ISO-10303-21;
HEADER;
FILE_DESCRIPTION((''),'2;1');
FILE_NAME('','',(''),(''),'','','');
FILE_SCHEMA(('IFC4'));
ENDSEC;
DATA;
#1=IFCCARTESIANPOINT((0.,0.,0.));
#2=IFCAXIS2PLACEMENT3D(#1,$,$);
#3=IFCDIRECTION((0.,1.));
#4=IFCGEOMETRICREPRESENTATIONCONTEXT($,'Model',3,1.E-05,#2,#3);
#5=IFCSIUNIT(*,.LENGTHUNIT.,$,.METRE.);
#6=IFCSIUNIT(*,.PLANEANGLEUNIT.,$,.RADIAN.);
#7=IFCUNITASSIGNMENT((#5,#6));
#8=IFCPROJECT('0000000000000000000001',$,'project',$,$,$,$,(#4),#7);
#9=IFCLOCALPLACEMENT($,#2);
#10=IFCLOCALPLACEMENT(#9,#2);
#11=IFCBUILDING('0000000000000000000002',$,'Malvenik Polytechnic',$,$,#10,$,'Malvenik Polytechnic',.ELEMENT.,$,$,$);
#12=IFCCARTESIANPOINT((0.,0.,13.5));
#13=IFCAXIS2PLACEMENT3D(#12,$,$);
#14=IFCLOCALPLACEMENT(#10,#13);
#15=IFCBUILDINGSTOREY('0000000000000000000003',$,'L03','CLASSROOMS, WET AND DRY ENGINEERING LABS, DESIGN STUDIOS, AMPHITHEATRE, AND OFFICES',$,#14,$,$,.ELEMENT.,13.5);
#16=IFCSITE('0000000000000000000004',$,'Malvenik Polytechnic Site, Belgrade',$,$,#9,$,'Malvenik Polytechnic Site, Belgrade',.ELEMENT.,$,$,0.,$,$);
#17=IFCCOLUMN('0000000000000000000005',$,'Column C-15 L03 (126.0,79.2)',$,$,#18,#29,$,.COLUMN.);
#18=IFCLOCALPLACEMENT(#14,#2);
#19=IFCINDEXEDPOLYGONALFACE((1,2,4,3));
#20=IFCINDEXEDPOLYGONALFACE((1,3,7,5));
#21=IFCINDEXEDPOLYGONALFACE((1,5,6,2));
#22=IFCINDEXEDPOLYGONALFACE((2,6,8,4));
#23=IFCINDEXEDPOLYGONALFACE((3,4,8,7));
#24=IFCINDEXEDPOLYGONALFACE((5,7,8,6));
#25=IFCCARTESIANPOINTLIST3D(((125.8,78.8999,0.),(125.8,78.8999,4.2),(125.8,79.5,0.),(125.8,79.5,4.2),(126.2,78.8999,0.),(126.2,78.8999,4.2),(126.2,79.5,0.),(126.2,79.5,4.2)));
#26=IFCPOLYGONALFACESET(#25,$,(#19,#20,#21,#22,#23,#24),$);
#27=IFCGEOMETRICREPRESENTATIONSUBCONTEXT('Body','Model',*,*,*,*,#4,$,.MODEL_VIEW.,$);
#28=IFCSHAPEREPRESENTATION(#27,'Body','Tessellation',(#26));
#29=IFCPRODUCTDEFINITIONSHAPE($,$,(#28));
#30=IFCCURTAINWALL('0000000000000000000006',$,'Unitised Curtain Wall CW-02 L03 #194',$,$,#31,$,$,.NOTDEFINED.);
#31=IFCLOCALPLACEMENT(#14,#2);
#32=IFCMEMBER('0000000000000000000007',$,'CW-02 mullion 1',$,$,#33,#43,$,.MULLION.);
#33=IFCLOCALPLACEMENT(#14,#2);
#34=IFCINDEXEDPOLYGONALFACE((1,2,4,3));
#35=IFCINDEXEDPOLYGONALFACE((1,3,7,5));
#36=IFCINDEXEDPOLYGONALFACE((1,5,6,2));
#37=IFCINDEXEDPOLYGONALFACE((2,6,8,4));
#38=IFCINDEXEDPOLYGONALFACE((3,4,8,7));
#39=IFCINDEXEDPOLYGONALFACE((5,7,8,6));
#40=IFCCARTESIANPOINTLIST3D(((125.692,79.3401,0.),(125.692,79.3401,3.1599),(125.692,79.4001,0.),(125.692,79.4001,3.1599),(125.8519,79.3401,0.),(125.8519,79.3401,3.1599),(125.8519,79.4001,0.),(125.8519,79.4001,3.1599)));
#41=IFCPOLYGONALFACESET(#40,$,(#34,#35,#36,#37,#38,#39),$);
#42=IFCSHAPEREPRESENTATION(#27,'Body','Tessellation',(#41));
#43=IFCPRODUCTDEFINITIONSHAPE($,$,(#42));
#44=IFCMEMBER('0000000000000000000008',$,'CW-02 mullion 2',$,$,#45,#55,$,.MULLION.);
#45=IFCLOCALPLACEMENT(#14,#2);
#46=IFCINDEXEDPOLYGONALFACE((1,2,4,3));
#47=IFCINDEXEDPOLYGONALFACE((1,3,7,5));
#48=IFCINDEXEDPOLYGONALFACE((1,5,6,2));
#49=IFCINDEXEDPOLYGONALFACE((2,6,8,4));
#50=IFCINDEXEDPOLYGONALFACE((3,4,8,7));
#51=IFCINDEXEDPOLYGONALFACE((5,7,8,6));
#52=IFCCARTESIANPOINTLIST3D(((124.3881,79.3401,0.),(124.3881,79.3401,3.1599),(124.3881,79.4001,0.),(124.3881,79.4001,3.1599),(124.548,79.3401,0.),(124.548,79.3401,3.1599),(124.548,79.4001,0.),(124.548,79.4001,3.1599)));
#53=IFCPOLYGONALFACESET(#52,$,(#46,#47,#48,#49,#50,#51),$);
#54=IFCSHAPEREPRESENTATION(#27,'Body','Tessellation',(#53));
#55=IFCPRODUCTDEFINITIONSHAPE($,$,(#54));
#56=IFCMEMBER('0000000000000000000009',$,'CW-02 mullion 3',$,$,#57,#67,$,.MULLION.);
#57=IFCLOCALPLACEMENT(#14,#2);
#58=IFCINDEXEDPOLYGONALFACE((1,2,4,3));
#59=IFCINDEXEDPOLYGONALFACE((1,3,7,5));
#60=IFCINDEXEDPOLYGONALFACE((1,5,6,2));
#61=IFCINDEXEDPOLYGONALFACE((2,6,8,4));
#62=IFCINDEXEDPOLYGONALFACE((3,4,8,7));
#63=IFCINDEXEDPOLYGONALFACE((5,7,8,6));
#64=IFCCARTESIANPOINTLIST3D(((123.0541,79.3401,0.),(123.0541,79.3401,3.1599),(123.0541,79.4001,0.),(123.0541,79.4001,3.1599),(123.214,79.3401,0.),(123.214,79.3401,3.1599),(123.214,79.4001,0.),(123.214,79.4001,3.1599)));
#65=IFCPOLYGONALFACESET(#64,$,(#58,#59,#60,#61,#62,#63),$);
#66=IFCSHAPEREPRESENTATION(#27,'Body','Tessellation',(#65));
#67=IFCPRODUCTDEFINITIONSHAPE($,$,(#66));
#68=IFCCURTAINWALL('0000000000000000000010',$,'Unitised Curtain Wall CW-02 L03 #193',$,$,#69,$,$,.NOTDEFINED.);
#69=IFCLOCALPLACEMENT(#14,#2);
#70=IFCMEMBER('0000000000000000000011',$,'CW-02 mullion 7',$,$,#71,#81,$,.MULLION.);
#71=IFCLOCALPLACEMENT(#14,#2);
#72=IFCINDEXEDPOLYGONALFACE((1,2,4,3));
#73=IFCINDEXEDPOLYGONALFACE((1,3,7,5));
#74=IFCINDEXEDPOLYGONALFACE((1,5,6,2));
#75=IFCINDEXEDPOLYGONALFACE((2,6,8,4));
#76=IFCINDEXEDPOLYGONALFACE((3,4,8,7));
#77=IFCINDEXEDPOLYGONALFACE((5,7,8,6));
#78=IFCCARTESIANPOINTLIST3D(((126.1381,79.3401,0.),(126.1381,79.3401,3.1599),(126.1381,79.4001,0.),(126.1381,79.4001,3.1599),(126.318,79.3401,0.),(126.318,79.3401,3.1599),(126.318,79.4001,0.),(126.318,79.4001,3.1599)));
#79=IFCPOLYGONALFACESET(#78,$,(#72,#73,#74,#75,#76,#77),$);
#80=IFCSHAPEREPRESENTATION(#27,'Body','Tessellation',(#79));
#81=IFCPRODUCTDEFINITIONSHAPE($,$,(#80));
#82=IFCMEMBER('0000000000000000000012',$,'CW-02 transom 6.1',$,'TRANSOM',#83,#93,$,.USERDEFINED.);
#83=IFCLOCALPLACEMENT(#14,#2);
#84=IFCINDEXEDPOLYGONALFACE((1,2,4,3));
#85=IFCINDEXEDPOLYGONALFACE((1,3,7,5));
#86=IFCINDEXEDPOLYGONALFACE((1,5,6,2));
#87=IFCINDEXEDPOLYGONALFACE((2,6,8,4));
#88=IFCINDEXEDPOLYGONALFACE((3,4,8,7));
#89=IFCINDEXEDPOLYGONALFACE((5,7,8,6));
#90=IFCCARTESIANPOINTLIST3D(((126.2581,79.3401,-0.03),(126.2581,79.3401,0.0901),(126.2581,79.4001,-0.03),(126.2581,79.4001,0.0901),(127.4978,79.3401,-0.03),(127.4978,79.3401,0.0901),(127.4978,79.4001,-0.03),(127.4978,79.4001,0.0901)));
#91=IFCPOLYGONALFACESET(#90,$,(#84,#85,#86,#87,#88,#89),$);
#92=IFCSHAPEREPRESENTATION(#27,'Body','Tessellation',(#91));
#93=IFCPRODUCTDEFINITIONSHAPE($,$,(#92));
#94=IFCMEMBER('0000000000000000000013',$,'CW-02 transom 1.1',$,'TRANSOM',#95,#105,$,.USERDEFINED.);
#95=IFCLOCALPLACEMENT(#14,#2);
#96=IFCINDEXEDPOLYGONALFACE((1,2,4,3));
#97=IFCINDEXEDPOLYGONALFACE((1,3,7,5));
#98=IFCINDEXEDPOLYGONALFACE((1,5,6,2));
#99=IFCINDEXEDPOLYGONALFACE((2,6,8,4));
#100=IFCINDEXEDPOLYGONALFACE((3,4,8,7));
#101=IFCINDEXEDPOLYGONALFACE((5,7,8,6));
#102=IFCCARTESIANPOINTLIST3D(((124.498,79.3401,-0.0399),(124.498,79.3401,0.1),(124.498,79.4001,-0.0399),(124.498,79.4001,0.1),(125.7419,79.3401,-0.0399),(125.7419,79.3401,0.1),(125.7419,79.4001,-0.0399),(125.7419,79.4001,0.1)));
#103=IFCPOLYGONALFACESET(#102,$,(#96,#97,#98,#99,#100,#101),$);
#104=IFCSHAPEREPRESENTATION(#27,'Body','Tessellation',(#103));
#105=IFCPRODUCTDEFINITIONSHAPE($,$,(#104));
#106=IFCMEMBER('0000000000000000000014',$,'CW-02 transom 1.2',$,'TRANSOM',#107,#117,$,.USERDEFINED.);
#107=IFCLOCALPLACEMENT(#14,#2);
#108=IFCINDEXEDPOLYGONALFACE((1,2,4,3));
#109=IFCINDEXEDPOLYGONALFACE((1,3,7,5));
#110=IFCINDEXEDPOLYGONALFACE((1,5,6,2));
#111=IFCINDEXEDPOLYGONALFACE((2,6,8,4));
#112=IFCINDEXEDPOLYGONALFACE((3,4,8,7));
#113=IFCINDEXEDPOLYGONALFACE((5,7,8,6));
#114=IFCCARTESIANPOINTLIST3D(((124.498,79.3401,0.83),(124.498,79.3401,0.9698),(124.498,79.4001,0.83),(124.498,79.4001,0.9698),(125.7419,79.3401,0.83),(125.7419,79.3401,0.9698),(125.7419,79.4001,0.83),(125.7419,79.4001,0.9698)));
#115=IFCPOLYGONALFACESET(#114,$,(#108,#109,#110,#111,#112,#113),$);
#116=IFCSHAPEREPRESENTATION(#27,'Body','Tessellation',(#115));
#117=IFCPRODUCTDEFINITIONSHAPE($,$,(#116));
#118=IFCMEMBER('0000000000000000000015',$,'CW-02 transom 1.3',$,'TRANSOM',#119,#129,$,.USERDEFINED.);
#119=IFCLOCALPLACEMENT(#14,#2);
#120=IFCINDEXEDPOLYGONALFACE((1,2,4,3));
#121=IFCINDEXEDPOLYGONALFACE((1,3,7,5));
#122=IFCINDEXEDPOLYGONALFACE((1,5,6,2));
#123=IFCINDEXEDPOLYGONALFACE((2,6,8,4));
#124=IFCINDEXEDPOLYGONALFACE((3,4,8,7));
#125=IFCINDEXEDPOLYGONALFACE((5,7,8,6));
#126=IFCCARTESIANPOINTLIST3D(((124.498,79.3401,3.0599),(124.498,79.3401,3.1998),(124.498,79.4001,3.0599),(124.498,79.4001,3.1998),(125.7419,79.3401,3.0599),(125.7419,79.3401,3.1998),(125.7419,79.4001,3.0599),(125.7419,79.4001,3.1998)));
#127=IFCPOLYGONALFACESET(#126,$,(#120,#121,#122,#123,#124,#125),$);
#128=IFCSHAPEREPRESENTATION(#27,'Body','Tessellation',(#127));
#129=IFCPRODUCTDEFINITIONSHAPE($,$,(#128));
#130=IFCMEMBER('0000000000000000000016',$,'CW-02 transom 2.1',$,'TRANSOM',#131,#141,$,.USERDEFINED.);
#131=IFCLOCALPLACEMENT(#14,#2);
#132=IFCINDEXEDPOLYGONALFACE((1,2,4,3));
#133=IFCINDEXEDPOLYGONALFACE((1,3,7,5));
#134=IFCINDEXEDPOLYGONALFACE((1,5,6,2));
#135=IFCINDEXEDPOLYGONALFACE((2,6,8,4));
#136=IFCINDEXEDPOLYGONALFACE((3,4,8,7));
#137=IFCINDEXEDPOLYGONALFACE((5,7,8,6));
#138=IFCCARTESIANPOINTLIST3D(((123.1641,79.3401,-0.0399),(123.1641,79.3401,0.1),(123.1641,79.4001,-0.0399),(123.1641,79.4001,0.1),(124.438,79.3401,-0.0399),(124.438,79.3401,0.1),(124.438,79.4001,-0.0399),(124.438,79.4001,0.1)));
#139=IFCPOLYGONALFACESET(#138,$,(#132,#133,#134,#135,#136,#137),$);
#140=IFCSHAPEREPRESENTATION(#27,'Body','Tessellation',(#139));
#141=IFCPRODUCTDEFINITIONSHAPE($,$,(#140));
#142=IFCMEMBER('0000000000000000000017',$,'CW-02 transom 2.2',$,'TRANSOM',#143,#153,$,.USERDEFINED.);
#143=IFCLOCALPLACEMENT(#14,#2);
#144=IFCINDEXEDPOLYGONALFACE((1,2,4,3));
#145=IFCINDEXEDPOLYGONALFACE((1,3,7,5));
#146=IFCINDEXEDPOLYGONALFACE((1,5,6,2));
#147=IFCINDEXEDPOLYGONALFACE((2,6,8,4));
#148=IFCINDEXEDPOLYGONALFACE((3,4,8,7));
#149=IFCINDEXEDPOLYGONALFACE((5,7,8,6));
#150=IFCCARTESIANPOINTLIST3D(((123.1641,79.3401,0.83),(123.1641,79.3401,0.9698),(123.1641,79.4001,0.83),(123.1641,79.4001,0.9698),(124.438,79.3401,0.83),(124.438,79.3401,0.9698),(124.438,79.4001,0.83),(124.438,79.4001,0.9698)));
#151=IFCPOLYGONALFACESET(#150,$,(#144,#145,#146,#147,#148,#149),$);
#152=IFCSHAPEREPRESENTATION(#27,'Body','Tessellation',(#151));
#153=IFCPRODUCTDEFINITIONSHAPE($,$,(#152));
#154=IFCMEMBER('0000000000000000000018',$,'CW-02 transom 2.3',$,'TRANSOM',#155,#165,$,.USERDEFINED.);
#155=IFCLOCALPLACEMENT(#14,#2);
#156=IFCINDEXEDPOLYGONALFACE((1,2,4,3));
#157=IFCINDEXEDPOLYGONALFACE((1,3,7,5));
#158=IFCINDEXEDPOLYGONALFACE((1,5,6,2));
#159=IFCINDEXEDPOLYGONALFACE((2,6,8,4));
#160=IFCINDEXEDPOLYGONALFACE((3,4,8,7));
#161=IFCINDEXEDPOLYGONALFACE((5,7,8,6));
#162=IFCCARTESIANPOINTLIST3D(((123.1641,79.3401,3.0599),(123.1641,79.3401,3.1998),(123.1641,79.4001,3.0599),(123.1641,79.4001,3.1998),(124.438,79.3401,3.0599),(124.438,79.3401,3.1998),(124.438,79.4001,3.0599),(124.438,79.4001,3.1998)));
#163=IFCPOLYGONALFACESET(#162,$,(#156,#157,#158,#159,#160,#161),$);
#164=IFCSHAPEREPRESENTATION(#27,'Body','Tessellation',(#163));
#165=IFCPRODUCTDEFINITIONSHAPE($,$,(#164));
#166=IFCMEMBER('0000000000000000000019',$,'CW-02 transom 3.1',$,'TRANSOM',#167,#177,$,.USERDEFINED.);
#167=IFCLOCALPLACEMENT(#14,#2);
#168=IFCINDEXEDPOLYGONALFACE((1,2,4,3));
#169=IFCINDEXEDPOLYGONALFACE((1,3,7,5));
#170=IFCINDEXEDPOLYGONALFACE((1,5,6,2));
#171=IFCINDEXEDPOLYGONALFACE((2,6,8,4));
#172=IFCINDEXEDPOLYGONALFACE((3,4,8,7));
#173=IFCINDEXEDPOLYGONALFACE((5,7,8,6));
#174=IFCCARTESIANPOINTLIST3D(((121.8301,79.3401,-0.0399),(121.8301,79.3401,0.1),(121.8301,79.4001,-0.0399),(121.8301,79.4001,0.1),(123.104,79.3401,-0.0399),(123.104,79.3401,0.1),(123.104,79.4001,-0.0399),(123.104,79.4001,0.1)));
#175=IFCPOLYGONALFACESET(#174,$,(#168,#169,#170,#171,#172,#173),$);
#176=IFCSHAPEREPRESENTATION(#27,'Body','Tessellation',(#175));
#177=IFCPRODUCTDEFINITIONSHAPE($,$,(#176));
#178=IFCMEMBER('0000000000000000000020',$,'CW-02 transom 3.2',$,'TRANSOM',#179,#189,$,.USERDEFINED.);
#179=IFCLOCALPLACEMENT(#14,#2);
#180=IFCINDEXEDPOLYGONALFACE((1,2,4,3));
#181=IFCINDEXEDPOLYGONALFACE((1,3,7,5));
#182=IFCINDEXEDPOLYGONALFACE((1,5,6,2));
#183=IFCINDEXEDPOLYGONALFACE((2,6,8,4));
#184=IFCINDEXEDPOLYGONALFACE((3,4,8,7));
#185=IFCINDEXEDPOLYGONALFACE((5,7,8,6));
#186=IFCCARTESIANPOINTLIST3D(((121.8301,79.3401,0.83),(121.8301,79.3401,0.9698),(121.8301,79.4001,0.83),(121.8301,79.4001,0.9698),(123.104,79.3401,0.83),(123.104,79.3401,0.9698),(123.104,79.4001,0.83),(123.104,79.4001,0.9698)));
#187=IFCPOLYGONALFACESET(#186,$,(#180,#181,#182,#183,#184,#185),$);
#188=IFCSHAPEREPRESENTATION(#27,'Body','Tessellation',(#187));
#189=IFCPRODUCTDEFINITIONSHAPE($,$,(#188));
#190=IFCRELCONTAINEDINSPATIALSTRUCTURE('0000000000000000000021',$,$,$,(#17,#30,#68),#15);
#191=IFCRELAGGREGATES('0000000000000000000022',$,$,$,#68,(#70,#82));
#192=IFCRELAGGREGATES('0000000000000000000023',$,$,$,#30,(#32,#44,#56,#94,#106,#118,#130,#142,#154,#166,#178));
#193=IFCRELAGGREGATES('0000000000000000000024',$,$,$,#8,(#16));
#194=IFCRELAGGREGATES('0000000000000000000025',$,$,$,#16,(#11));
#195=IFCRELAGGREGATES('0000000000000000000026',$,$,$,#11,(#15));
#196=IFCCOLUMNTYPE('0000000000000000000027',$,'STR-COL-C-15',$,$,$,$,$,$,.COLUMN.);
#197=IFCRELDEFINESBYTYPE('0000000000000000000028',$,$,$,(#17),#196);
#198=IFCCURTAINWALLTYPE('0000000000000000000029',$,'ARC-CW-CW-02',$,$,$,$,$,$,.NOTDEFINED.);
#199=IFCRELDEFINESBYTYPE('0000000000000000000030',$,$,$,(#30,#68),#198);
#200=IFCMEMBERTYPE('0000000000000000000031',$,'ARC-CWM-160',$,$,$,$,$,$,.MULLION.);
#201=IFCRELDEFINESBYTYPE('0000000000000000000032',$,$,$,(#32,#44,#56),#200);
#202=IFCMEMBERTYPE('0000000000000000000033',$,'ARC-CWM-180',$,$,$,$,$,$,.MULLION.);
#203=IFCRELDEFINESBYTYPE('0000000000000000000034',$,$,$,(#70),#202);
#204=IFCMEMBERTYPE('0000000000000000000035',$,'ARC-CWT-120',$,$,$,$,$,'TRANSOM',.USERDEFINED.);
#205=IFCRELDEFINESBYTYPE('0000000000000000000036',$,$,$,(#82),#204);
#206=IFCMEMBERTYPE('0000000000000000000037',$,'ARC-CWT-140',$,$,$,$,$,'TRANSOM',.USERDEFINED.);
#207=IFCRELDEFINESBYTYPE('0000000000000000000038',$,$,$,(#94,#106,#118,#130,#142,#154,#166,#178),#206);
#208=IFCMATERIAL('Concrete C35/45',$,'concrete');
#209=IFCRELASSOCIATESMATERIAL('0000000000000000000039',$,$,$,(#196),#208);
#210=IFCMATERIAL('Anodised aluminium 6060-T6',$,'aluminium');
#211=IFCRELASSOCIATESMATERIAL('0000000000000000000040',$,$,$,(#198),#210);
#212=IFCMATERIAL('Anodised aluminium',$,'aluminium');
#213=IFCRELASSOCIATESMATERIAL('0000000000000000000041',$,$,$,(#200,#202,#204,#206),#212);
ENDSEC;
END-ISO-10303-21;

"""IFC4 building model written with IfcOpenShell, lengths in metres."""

from ifc_helpers import new_model, si_unit, direction, frame, origin, origin_2d, place, context, subcontext, project, spatial, rectangle, extrude, material, material_profile, profile_set, type_object, element, aggregate, save


model = new_model("IFC4")

# Units and contexts
model_context = context("Model", 3, precision=1e-05, world=origin(), true_north=direction((0.0, 1.0)))
body_context = subcontext(model_context, "Body", "Model", "MODEL_VIEW")
ifc_project = project(units=[si_unit("LENGTHUNIT", "METRE"), si_unit("PLANEANGLEUNIT", "RADIAN")], contexts=[model_context])

# Site, building, storey
site_placement = place(None, origin())
site = spatial("IfcSite", under=ifc_project, at=site_placement, Name="Malvenik Polytechnic Site, Belgrade", LongName="Malvenik Polytechnic Site, Belgrade", CompositionType="ELEMENT", RefElevation=0.0)
building_placement = place(site_placement, origin())
building = spatial("IfcBuilding", under=site, at=building_placement, Name="Malvenik Polytechnic", LongName="Malvenik Polytechnic", CompositionType="ELEMENT")
storey_placement = place(building_placement, frame((0.0, 0.0, 13.5)))
storey = spatial("IfcBuildingStorey", under=building, at=storey_placement, Name="L03", Description="CLASSROOMS, WET AND DRY ENGINEERING LABS, DESIGN STUDIOS, AMPHITHEATRE, AND OFFICES", CompositionType="ELEMENT", Elevation=13.5)

# Column
ifc_material_1 = material(Name="Concrete C35/45", Category="concrete")
ifc_material_profile_1 = material_profile(ifc_material_1, rectangle(XDim=0.3999, YDim=0.6001, at=origin_2d()), Name="RC COL 600x400")
ifc_profile_set_1 = profile_set([ifc_material_profile_1], Name="Concrete C35/45")
column_type = type_object("IfcColumnType", Name="STR-COL-C-15", PredefinedType="COLUMN", material=ifc_profile_set_1)
column_placement = place(storey_placement, frame((126.0, 79.2, 0.0), z_axis=(0.0, 0.0, 1.0), x_axis=(1.0, 0.0, 0.0)))
element("IfcColumn", 1, at=column_placement, inside=storey, type_object=column_type, Name="Column C-15 L03 (126.0,79.2)", PredefinedType="COLUMN", context=body_context, shape_type="SweptSolid", body=[
    extrude(rectangle(XDim=0.3999, YDim=0.6001, at=origin_2d()), origin(), (0.0, 0.0, 1.0), 4.2),
])

# Curtain walls, members
ifc_material_2 = material(Name="Anodised aluminium 6060-T6", Category="aluminium")
curtain_wall_type = type_object("IfcCurtainWallType", Name="ARC-CW-CW-02", PredefinedType="NOTDEFINED", material=ifc_material_2)
curtain_wall_1_placement = place(storey_placement, origin())
curtain_wall_1 = element("IfcCurtainWall", 2, at=curtain_wall_1_placement, inside=storey, type_object=curtain_wall_type, Name="Unitised Curtain Wall CW-02 L03 #194", PredefinedType="NOTDEFINED")
ifc_material_3 = material(Name="Anodised aluminium", Category="aluminium")
ifc_material_profile_2 = material_profile(ifc_material_3, rectangle(XDim=0.0601, YDim=0.1599, at=origin_2d()), Name="ALU MULLION 60x160")
ifc_profile_set_2 = profile_set([ifc_material_profile_2], Name="Anodised aluminium")
member_type_1 = type_object("IfcMemberType", Name="ARC-CWM-160", PredefinedType="MULLION", material=ifc_profile_set_2)
member_1_placement = place(storey_placement, frame((125.772, 79.3701, 0.0), z_axis=(0.0, 0.0, 1.0), x_axis=(0.0, -1.0, 0.0)))
member_1 = element("IfcMember", 3, at=member_1_placement, type_object=member_type_1, Name="CW-02 mullion 1", PredefinedType="MULLION", context=body_context, shape_type="SweptSolid", body=[
    extrude(rectangle(XDim=0.0601, YDim=0.1599, at=origin_2d()), origin(), (0.0, 0.0, 1.0), 3.1599),
])
member_2_placement = place(storey_placement, frame((124.468, 79.3701, 0.0), z_axis=(0.0, 0.0, 1.0), x_axis=(0.0, -1.0, 0.0)))
member_2 = element("IfcMember", 4, at=member_2_placement, type_object=member_type_1, Name="CW-02 mullion 2", PredefinedType="MULLION", context=body_context, shape_type="SweptSolid", body=[
    extrude(rectangle(XDim=0.0601, YDim=0.1599, at=origin_2d()), origin(), (0.0, 0.0, 1.0), 3.1599),
])
member_3_placement = place(storey_placement, frame((123.134, 79.3701, 0.0), z_axis=(0.0, 0.0, 1.0), x_axis=(0.0, -1.0, 0.0)))
member_3 = element("IfcMember", 5, at=member_3_placement, type_object=member_type_1, Name="CW-02 mullion 3", PredefinedType="MULLION", context=body_context, shape_type="SweptSolid", body=[
    extrude(rectangle(XDim=0.0601, YDim=0.1599, at=origin_2d()), origin(), (0.0, 0.0, 1.0), 3.1599),
])
curtain_wall_2_placement = place(storey_placement, origin())
curtain_wall_2 = element("IfcCurtainWall", 6, at=curtain_wall_2_placement, inside=storey, type_object=curtain_wall_type, Name="Unitised Curtain Wall CW-02 L03 #193", PredefinedType="NOTDEFINED")
ifc_material_profile_3 = material_profile(ifc_material_3, rectangle(XDim=0.0601, YDim=0.1799, at=origin_2d()), Name="ALU MULLION 60x180")
ifc_profile_set_3 = profile_set([ifc_material_profile_3], Name="Anodised aluminium")
member_type_2 = type_object("IfcMemberType", Name="ARC-CWM-180", PredefinedType="MULLION", material=ifc_profile_set_3)
member_4_placement = place(storey_placement, frame((126.228, 79.3701, 0.0), z_axis=(0.0, 0.0, 1.0), x_axis=(0.0, -1.0, 0.0)))
member_4 = element("IfcMember", 7, at=member_4_placement, type_object=member_type_2, Name="CW-02 mullion 7", PredefinedType="MULLION", context=body_context, shape_type="SweptSolid", body=[
    extrude(rectangle(XDim=0.0601, YDim=0.1799, at=origin_2d()), origin(), (0.0, 0.0, 1.0), 3.1599),
])
ifc_material_profile_4 = material_profile(ifc_material_3, rectangle(XDim=0.0601, YDim=0.1201, at=origin_2d()), Name="ALU TRANSOM 60x120")
ifc_profile_set_4 = profile_set([ifc_material_profile_4], Name="Anodised aluminium")
member_type_3 = type_object("IfcMemberType", Name="ARC-CWT-120", ElementType="TRANSOM", PredefinedType="USERDEFINED", material=ifc_profile_set_4)
member_5_placement = place(storey_placement, frame((127.4978, 79.3701, 0.03), z_axis=(-1.0, 0.0, 0.0), x_axis=(0.0, -1.0, 0.0)))
member_5 = element("IfcMember", 8, at=member_5_placement, type_object=member_type_3, Name="CW-02 transom 6.1", ObjectType="TRANSOM", PredefinedType="USERDEFINED", context=body_context, shape_type="SweptSolid", body=[
    extrude(rectangle(XDim=0.0601, YDim=0.1201, at=origin_2d()), origin(), (0.0, 0.0, 1.0), 1.2397),
])

# Members
ifc_material_profile_5 = material_profile(ifc_material_3, rectangle(XDim=0.0601, YDim=0.1399, at=origin_2d()), Name="ALU TRANSOM 60x140")
ifc_profile_set_5 = profile_set([ifc_material_profile_5], Name="Anodised aluminium")
member_type_4 = type_object("IfcMemberType", Name="ARC-CWT-140", ElementType="TRANSOM", PredefinedType="USERDEFINED", material=ifc_profile_set_5)
member_6_placement = place(storey_placement, frame((125.7419, 79.3701, 0.03), z_axis=(-1.0, 0.0, 0.0), x_axis=(0.0, -1.0, 0.0)))
member_6 = element("IfcMember", 9, at=member_6_placement, type_object=member_type_4, Name="CW-02 transom 1.1", ObjectType="TRANSOM", PredefinedType="USERDEFINED", context=body_context, shape_type="SweptSolid", body=[
    extrude(rectangle(XDim=0.0601, YDim=0.1399, at=origin_2d()), origin(), (0.0, 0.0, 1.0), 1.2439),
])
member_7_placement = place(storey_placement, frame((125.7419, 79.3701, 0.8999), z_axis=(-1.0, 0.0, 0.0), x_axis=(0.0, -1.0, 0.0)))
member_7 = element("IfcMember", 10, at=member_7_placement, type_object=member_type_4, Name="CW-02 transom 1.2", ObjectType="TRANSOM", PredefinedType="USERDEFINED", context=body_context, shape_type="SweptSolid", body=[
    extrude(rectangle(XDim=0.0601, YDim=0.1399, at=origin_2d()), origin(), (0.0, 0.0, 1.0), 1.2439),
])
member_8_placement = place(storey_placement, frame((125.7419, 79.3701, 3.1299), z_axis=(-1.0, 0.0, 0.0), x_axis=(0.0, -1.0, 0.0)))
member_8 = element("IfcMember", 11, at=member_8_placement, type_object=member_type_4, Name="CW-02 transom 1.3", ObjectType="TRANSOM", PredefinedType="USERDEFINED", context=body_context, shape_type="SweptSolid", body=[
    extrude(rectangle(XDim=0.0601, YDim=0.1399, at=origin_2d()), origin(), (0.0, 0.0, 1.0), 1.2439),
])
member_9_placement = place(storey_placement, frame((124.438, 79.3701, 0.03), z_axis=(-1.0, 0.0, 0.0), x_axis=(0.0, -1.0, 0.0)))
member_9 = element("IfcMember", 12, at=member_9_placement, type_object=member_type_4, Name="CW-02 transom 2.1", ObjectType="TRANSOM", PredefinedType="USERDEFINED", context=body_context, shape_type="SweptSolid", body=[
    extrude(rectangle(XDim=0.0601, YDim=0.1399, at=origin_2d()), origin(), (0.0, 0.0, 1.0), 1.2739),
])
member_10_placement = place(storey_placement, frame((124.438, 79.3701, 0.8999), z_axis=(-1.0, 0.0, 0.0), x_axis=(0.0, -1.0, 0.0)))
member_10 = element("IfcMember", 13, at=member_10_placement, type_object=member_type_4, Name="CW-02 transom 2.2", ObjectType="TRANSOM", PredefinedType="USERDEFINED", context=body_context, shape_type="SweptSolid", body=[
    extrude(rectangle(XDim=0.0601, YDim=0.1399, at=origin_2d()), origin(), (0.0, 0.0, 1.0), 1.2739),
])
member_11_placement = place(storey_placement, frame((124.438, 79.3701, 3.1299), z_axis=(-1.0, 0.0, 0.0), x_axis=(0.0, -1.0, 0.0)))
member_11 = element("IfcMember", 14, at=member_11_placement, type_object=member_type_4, Name="CW-02 transom 2.3", ObjectType="TRANSOM", PredefinedType="USERDEFINED", context=body_context, shape_type="SweptSolid", body=[
    extrude(rectangle(XDim=0.0601, YDim=0.1399, at=origin_2d()), origin(), (0.0, 0.0, 1.0), 1.2739),
])
member_12_placement = place(storey_placement, frame((123.104, 79.3701, 0.03), z_axis=(-1.0, 0.0, 0.0), x_axis=(0.0, -1.0, 0.0)))
member_12 = element("IfcMember", 15, at=member_12_placement, type_object=member_type_4, Name="CW-02 transom 3.1", ObjectType="TRANSOM", PredefinedType="USERDEFINED", context=body_context, shape_type="SweptSolid", body=[
    extrude(rectangle(XDim=0.0601, YDim=0.1399, at=origin_2d()), origin(), (0.0, 0.0, 1.0), 1.2739),
])
member_13_placement = place(storey_placement, frame((123.104, 79.3701, 0.8999), z_axis=(-1.0, 0.0, 0.0), x_axis=(0.0, -1.0, 0.0)))
member_13 = element("IfcMember", 16, at=member_13_placement, type_object=member_type_4, Name="CW-02 transom 3.2", ObjectType="TRANSOM", PredefinedType="USERDEFINED", context=body_context, shape_type="SweptSolid", body=[
    extrude(rectangle(XDim=0.0601, YDim=0.1399, at=origin_2d()), origin(), (0.0, 0.0, 1.0), 1.2739),
])

aggregate(curtain_wall_2, [member_4, member_5])
aggregate(curtain_wall_1, [member_1, member_2, member_3, member_6, member_7, member_8, member_9, member_10, member_11, member_12, member_13])

save(model, "model.ifc")
